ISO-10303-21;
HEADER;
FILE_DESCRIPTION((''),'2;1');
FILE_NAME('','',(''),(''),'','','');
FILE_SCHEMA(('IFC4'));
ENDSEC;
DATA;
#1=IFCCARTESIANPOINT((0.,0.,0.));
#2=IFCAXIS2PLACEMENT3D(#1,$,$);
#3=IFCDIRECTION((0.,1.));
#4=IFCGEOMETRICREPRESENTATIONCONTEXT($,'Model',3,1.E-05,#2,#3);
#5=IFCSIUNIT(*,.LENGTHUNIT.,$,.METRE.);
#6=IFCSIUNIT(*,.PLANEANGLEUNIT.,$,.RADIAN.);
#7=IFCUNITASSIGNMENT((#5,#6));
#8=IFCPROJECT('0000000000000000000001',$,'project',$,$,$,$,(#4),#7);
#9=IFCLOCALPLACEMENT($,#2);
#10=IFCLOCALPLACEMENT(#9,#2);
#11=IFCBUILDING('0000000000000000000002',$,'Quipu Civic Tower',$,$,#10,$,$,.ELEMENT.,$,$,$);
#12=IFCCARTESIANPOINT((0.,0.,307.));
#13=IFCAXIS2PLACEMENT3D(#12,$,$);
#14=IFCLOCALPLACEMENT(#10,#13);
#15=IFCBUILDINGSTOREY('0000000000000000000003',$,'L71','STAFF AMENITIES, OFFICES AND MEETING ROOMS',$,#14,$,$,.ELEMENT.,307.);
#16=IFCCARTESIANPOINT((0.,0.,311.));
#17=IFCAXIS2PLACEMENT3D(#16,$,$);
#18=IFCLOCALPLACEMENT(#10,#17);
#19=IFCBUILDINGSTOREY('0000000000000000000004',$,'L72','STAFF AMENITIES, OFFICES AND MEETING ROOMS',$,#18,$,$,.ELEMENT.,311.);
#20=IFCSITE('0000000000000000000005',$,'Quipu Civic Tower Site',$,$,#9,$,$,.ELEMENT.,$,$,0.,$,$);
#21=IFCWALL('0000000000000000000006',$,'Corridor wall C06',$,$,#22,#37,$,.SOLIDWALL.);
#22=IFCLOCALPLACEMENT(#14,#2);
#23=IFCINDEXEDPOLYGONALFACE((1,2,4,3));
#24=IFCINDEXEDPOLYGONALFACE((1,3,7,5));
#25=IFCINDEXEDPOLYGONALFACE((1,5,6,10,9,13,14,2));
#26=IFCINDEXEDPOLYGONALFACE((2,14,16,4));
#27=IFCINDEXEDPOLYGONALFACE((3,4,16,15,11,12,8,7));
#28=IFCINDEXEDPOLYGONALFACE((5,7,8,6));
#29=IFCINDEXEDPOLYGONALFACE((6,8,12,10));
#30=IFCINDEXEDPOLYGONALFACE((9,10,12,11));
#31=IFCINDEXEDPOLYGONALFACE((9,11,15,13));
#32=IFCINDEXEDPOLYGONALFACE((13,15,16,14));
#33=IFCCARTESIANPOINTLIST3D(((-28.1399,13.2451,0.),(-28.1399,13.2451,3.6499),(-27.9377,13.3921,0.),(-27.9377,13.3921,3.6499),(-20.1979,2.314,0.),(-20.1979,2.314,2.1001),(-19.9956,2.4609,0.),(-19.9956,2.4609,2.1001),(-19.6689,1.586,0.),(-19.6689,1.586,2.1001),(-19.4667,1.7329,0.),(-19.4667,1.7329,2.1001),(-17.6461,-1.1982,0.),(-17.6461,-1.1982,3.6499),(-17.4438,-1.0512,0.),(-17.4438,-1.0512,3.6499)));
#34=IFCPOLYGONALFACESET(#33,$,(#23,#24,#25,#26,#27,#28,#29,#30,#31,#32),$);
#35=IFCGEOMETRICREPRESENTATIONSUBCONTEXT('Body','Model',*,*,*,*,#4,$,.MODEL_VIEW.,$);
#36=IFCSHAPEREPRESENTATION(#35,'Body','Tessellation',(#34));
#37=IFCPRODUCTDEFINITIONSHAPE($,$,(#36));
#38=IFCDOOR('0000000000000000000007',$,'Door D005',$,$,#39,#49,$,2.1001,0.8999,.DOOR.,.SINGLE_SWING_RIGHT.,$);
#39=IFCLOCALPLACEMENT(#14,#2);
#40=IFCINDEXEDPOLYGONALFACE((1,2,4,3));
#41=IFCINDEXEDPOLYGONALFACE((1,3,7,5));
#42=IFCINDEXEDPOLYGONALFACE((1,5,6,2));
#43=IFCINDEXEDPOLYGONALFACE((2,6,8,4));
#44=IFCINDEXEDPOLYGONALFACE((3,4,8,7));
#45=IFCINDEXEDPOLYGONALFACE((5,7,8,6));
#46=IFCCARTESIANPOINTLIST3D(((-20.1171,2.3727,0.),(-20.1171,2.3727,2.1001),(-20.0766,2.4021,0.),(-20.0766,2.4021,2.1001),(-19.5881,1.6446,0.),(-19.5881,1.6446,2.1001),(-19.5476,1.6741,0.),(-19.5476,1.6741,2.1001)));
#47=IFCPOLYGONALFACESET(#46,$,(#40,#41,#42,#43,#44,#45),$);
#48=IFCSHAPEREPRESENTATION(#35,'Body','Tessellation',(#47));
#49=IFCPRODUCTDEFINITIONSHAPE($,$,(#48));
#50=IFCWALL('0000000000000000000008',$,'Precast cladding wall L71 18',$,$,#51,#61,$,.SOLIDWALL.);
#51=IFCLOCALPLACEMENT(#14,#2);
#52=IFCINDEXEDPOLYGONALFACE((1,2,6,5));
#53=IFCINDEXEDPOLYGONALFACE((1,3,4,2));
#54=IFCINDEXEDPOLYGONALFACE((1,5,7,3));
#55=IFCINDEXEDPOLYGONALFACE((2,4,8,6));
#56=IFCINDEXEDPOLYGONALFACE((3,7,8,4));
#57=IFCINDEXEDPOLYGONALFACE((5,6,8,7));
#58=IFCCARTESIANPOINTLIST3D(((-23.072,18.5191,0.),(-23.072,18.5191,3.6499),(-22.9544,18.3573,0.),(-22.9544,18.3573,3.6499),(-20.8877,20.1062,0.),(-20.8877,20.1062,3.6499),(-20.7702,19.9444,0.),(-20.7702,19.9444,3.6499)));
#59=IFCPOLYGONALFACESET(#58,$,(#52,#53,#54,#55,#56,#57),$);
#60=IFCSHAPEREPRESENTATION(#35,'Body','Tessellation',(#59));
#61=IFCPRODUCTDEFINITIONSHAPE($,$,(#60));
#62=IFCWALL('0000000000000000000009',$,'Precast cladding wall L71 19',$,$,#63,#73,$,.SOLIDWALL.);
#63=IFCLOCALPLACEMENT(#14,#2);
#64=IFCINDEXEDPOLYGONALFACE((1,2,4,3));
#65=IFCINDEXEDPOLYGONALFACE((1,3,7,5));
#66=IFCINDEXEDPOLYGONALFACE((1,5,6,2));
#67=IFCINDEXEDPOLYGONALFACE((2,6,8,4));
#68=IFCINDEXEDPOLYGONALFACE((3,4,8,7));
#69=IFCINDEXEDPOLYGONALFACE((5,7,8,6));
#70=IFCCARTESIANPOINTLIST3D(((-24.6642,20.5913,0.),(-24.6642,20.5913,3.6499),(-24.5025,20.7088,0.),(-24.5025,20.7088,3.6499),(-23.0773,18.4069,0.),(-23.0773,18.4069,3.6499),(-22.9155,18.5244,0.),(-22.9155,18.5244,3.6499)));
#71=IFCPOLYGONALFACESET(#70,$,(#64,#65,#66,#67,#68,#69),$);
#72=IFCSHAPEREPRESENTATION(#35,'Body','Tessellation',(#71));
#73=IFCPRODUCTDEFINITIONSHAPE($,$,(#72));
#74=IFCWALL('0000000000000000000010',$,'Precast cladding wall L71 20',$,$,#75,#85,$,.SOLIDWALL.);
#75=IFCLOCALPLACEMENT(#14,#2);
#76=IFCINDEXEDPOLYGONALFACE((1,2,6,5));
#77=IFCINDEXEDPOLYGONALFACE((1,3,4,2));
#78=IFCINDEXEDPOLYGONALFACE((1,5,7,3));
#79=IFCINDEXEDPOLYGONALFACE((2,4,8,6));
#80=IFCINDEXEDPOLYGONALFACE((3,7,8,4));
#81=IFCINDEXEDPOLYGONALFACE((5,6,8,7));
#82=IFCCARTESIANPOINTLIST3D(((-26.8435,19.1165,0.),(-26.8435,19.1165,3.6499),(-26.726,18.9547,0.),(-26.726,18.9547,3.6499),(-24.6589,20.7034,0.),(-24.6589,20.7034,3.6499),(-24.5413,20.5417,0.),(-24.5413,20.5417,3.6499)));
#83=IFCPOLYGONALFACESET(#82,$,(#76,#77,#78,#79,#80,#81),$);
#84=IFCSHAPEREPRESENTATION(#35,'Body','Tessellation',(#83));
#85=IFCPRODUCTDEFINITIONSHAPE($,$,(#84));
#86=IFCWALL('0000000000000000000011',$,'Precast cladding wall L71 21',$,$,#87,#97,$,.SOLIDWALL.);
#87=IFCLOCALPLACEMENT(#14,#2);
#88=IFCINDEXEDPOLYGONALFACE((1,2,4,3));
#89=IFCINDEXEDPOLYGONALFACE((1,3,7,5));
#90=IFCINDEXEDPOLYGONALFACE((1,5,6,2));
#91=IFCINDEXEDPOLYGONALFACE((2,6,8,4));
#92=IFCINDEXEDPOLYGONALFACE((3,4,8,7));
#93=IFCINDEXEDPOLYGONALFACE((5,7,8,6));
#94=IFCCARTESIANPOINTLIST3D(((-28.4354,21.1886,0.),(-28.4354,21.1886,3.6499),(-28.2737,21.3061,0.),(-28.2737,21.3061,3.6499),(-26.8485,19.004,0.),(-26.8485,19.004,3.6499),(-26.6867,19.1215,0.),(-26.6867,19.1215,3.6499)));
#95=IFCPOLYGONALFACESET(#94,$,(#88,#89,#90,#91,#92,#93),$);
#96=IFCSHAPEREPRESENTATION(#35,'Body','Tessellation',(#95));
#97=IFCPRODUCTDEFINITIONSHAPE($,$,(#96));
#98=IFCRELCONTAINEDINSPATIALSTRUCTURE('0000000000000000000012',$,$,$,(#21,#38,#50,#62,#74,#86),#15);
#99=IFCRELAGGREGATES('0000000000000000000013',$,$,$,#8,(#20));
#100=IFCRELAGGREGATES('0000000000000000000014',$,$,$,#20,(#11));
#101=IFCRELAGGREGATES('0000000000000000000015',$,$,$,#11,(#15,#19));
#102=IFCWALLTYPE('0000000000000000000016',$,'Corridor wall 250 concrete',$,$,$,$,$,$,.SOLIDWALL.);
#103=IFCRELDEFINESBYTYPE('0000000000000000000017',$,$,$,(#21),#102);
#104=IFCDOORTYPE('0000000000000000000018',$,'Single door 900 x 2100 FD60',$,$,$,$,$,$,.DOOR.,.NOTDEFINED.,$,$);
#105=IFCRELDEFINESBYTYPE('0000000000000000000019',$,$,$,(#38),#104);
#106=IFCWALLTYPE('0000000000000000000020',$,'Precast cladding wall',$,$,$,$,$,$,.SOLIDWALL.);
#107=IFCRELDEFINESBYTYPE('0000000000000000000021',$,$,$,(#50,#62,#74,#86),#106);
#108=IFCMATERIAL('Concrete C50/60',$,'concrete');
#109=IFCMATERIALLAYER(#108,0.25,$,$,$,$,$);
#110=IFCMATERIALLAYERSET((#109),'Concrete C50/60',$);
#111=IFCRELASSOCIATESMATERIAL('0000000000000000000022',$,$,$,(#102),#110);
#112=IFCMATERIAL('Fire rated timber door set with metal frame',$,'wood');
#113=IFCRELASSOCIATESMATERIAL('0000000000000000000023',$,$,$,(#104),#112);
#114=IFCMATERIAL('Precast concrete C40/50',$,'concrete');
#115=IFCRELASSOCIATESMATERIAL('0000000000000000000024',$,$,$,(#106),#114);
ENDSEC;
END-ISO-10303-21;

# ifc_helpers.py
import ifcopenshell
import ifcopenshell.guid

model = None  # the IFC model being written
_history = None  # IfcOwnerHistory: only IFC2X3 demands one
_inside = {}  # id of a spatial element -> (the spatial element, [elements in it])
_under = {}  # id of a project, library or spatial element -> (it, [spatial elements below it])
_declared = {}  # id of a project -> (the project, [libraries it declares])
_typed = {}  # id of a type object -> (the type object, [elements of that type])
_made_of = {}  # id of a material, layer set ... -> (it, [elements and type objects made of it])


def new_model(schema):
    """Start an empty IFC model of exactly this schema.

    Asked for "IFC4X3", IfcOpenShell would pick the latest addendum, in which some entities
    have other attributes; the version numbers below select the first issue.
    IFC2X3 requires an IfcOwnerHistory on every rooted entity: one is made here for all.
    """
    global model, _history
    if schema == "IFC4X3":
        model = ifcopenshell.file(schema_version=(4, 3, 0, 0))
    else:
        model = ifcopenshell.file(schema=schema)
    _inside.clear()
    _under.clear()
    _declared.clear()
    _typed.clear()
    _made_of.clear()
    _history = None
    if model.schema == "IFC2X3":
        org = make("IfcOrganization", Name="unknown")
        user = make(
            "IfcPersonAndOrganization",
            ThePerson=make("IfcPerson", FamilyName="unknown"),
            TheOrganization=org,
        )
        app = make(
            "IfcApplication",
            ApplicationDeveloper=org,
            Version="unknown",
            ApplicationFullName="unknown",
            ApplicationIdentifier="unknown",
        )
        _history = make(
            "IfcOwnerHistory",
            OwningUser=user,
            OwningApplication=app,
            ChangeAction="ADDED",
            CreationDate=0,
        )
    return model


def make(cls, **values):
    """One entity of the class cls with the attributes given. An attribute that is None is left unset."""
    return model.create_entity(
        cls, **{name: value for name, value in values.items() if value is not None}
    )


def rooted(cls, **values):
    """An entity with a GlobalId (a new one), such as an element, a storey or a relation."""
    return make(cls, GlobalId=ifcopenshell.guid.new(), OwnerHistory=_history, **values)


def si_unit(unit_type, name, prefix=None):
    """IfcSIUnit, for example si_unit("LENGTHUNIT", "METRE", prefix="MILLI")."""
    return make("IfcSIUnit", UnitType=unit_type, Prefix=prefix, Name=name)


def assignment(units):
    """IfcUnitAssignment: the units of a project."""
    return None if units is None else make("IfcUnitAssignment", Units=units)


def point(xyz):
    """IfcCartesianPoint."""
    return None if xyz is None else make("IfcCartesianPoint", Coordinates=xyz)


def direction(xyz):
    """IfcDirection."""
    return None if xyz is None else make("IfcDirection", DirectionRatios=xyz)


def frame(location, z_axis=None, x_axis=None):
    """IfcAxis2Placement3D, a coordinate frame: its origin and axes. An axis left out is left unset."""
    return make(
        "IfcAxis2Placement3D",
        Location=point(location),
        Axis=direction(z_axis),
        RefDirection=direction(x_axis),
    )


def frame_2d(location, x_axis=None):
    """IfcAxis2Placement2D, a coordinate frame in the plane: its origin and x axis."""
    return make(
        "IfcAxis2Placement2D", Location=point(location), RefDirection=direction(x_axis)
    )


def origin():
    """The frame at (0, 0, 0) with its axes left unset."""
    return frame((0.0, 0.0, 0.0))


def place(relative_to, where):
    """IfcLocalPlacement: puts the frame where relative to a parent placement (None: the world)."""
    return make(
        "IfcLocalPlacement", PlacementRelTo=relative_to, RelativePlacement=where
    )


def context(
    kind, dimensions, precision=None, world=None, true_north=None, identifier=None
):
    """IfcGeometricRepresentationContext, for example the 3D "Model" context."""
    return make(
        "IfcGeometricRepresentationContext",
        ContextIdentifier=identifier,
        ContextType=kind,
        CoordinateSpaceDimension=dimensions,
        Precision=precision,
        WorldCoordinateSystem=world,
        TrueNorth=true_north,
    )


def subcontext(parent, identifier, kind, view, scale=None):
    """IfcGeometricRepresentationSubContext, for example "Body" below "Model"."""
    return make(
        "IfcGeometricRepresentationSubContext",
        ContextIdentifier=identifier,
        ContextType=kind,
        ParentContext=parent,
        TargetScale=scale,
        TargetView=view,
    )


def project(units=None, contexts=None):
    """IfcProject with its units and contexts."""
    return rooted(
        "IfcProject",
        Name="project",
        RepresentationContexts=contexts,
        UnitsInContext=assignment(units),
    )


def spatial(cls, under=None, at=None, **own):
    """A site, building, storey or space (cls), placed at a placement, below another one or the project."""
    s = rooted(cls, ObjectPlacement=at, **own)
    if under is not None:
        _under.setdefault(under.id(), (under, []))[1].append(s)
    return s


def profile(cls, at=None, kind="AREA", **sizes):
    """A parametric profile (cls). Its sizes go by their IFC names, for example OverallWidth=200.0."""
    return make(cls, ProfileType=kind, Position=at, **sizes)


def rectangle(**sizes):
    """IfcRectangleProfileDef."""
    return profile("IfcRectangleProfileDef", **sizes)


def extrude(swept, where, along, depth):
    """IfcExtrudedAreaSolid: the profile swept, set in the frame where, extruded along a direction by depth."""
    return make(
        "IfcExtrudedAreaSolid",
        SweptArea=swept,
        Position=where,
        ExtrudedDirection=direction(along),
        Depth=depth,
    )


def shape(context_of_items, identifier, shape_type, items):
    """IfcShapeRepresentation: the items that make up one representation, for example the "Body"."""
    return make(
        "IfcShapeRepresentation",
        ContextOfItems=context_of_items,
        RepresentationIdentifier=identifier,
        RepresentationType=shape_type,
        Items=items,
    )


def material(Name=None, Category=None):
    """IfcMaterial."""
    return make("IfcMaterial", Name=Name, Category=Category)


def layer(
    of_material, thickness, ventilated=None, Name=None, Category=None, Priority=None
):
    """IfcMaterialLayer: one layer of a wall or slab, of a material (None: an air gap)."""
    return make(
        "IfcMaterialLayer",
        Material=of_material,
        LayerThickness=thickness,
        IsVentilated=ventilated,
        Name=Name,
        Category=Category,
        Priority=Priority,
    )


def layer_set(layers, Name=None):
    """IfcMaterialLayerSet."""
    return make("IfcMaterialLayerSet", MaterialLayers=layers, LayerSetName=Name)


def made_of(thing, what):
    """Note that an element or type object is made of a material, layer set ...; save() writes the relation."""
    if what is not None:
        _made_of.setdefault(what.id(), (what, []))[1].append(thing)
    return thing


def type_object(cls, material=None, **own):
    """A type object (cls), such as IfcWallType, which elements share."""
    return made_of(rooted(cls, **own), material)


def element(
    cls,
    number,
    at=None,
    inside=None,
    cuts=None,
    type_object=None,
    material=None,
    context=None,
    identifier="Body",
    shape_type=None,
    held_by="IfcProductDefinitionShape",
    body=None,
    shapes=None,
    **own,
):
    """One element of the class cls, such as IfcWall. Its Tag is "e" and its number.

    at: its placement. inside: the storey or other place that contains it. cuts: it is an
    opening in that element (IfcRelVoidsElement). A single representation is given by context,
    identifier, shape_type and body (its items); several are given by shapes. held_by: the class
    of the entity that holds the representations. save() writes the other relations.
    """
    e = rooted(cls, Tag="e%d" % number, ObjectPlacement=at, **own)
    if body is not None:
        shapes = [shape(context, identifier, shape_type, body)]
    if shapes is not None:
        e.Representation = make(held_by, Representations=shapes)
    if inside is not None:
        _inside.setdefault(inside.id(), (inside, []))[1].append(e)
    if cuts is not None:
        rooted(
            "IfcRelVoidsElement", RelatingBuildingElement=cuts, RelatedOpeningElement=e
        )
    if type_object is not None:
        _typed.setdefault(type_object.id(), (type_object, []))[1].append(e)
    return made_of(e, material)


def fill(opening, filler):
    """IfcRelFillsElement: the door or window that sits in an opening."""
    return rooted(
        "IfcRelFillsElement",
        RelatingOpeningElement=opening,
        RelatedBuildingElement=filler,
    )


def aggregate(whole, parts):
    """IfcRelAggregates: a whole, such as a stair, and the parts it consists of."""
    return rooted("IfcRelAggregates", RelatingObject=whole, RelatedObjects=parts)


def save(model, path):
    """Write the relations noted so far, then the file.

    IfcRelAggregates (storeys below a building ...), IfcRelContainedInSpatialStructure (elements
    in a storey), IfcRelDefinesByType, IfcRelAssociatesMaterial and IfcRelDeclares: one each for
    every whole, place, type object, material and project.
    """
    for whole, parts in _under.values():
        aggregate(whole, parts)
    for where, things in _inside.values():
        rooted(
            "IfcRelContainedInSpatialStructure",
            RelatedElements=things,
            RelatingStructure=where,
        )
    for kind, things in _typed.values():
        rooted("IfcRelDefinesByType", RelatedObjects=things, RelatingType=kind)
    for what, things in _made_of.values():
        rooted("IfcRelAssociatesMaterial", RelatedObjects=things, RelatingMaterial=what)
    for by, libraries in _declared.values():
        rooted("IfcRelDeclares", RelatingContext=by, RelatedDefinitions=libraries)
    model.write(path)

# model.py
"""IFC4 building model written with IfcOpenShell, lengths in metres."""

from ifc_helpers import new_model, si_unit, direction, frame, frame_2d, origin, place, context, subcontext, project, spatial, rectangle, extrude, material, layer, layer_set, type_object, element, fill, save


model = new_model("IFC4")

# Units and contexts
model_context = context("Model", 3, precision=1e-05, world=origin(), true_north=direction((0.0, 1.0)))
body_context = subcontext(model_context, "Body", "Model", "MODEL_VIEW")
ifc_project = project(units=[si_unit("LENGTHUNIT", "METRE"), si_unit("PLANEANGLEUNIT", "RADIAN")], contexts=[model_context])

# Site, building, storey
site_placement = place(None, origin())
site = spatial("IfcSite", under=ifc_project, at=site_placement, Name="Quipu Civic Tower Site", CompositionType="ELEMENT", RefElevation=0.0)
building_placement = place(site_placement, origin())
building = spatial("IfcBuilding", under=site, at=building_placement, Name="Quipu Civic Tower", CompositionType="ELEMENT")
storey_1_placement = place(building_placement, frame((0.0, 0.0, 307.0)))
storey_1 = spatial("IfcBuildingStorey", under=building, at=storey_1_placement, Name="L71", Description="STAFF AMENITIES, OFFICES AND MEETING ROOMS", CompositionType="ELEMENT", Elevation=307.0)

# Shared definitions
storey_2_placement = place(building_placement, frame((0.0, 0.0, 311.0)))
storey_2 = spatial("IfcBuildingStorey", under=building, at=storey_2_placement, Name="L72", Description="STAFF AMENITIES, OFFICES AND MEETING ROOMS", CompositionType="ELEMENT", Elevation=311.0)

# Wall, opening, door
ifc_material_1 = material(Name="Concrete C50/60", Category="concrete")
ifc_layer_1 = layer(ifc_material_1, 0.25)
ifc_layer_set_1 = layer_set([ifc_layer_1], Name="Concrete C50/60")
wall_type_1 = type_object("IfcWallType", Name="Corridor wall 250 concrete", PredefinedType="SOLIDWALL", material=ifc_layer_set_1)
wall_1_placement = place(storey_1_placement, frame((-28.0388, 13.3186, 0.0), z_axis=(0.0, 0.0, 1.0), x_axis=(0.587792, -0.809012, 0.0)))
wall_1 = element("IfcWall", 1, at=wall_1_placement, inside=storey_1, type_object=wall_type_1, Name="Corridor wall C06", PredefinedType="SOLIDWALL", context=body_context, shape_type="SweptSolid", body=[
    extrude(rectangle(XDim=17.853, YDim=0.25, at=frame_2d((8.9265, 0.0))), origin(), (0.0, 0.0, 1.0), 3.6499),
])
opening_placement = place(wall_1_placement, frame((13.5117, 0.0, 0.0)))
opening = element("IfcOpeningElement", 2, at=opening_placement, cuts=wall_1, PredefinedType="OPENING", context=body_context, shape_type="SweptSolid", body=[
    extrude(rectangle(XDim=0.8999, YDim=2.1001, at=frame_2d((0.45, 1.05))), frame((0.0, 0.135, 0.0), z_axis=(0.0, -1.0, 0.0), x_axis=(1.0, 0.0, 0.0)), (0.0, 0.0, 1.0), 0.27),
])
ifc_material_2 = material(Name="Fire rated timber door set with metal frame", Category="wood")
door_type = type_object("IfcDoorType", Name="Single door 900 x 2100 FD60", OperationType="NOTDEFINED", PredefinedType="DOOR", material=ifc_material_2)
door_placement = place(opening_placement, origin())
door = element("IfcDoor", 3, at=door_placement, inside=storey_1, type_object=door_type, Name="Door D005", OperationType="SINGLE_SWING_RIGHT", OverallHeight=2.1001, OverallWidth=0.8999, PredefinedType="DOOR", context=body_context, shape_type="SweptSolid", body=[
    extrude(rectangle(XDim=0.8999, YDim=2.1001, at=frame_2d((0.45, 1.05))), frame((0.0, 0.0249, 0.0), z_axis=(0.0, -1.0, 0.0), x_axis=(1.0, 0.0, 0.0)), (0.0, 0.0, 1.0), 0.05),
])
fill(opening, door)

# Walls
ifc_material_3 = material(Name="Precast concrete C40/50", Category="concrete")
wall_type_2 = type_object("IfcWallType", Name="Precast cladding wall", PredefinedType="SOLIDWALL", material=ifc_material_3)
for number, where, z_axis, x_axis, name in (
    (4, (-20.8289, 20.0254, 0.0), (0.0, 0.0, 1.0), (-0.80899, -0.587822, 0.0), "Precast cladding wall L71 18"),
    (5, (-22.9963, 18.4656, 0.0), (0.0, 0.0, 1.0), (-0.587763, 0.809033, 0.0), "Precast cladding wall L71 19"),
):
    element("IfcWall", number, at=place(storey_1_placement, frame(where, z_axis=z_axis, x_axis=x_axis)), inside=storey_1, type_object=wall_type_2, Name=name, PredefinedType="SOLIDWALL", context=body_context, shape_type="SweptSolid", body=[
        extrude(rectangle(XDim=2.7, YDim=0.2, at=frame_2d((1.3501, 0.0))), origin(), (0.0, 0.0, 1.0), 3.6499),
    ])
for number, where, z_axis, x_axis, name in (
    (6, (-24.6001, 20.6226, 0.0), (0.0, 0.0, 1.0), (-0.809064, -0.58772, 0.0), "Precast cladding wall L71 20"),
    (7, (-26.7676, 19.0627, 0.0), (0.0, 0.0, 1.0), (-0.58772, 0.809064, 0.0), "Precast cladding wall L71 21"),
):
    element("IfcWall", number, at=place(storey_1_placement, frame(where, z_axis=z_axis, x_axis=x_axis)), inside=storey_1, type_object=wall_type_2, Name=name, PredefinedType="SOLIDWALL", context=body_context, shape_type="SweptSolid", body=[
        extrude(rectangle(XDim=2.7002, YDim=0.2, at=frame_2d((1.3501, 0.0))), origin(), (0.0, 0.0, 1.0), 3.6499),
    ])

save(model, "model.ifc")
